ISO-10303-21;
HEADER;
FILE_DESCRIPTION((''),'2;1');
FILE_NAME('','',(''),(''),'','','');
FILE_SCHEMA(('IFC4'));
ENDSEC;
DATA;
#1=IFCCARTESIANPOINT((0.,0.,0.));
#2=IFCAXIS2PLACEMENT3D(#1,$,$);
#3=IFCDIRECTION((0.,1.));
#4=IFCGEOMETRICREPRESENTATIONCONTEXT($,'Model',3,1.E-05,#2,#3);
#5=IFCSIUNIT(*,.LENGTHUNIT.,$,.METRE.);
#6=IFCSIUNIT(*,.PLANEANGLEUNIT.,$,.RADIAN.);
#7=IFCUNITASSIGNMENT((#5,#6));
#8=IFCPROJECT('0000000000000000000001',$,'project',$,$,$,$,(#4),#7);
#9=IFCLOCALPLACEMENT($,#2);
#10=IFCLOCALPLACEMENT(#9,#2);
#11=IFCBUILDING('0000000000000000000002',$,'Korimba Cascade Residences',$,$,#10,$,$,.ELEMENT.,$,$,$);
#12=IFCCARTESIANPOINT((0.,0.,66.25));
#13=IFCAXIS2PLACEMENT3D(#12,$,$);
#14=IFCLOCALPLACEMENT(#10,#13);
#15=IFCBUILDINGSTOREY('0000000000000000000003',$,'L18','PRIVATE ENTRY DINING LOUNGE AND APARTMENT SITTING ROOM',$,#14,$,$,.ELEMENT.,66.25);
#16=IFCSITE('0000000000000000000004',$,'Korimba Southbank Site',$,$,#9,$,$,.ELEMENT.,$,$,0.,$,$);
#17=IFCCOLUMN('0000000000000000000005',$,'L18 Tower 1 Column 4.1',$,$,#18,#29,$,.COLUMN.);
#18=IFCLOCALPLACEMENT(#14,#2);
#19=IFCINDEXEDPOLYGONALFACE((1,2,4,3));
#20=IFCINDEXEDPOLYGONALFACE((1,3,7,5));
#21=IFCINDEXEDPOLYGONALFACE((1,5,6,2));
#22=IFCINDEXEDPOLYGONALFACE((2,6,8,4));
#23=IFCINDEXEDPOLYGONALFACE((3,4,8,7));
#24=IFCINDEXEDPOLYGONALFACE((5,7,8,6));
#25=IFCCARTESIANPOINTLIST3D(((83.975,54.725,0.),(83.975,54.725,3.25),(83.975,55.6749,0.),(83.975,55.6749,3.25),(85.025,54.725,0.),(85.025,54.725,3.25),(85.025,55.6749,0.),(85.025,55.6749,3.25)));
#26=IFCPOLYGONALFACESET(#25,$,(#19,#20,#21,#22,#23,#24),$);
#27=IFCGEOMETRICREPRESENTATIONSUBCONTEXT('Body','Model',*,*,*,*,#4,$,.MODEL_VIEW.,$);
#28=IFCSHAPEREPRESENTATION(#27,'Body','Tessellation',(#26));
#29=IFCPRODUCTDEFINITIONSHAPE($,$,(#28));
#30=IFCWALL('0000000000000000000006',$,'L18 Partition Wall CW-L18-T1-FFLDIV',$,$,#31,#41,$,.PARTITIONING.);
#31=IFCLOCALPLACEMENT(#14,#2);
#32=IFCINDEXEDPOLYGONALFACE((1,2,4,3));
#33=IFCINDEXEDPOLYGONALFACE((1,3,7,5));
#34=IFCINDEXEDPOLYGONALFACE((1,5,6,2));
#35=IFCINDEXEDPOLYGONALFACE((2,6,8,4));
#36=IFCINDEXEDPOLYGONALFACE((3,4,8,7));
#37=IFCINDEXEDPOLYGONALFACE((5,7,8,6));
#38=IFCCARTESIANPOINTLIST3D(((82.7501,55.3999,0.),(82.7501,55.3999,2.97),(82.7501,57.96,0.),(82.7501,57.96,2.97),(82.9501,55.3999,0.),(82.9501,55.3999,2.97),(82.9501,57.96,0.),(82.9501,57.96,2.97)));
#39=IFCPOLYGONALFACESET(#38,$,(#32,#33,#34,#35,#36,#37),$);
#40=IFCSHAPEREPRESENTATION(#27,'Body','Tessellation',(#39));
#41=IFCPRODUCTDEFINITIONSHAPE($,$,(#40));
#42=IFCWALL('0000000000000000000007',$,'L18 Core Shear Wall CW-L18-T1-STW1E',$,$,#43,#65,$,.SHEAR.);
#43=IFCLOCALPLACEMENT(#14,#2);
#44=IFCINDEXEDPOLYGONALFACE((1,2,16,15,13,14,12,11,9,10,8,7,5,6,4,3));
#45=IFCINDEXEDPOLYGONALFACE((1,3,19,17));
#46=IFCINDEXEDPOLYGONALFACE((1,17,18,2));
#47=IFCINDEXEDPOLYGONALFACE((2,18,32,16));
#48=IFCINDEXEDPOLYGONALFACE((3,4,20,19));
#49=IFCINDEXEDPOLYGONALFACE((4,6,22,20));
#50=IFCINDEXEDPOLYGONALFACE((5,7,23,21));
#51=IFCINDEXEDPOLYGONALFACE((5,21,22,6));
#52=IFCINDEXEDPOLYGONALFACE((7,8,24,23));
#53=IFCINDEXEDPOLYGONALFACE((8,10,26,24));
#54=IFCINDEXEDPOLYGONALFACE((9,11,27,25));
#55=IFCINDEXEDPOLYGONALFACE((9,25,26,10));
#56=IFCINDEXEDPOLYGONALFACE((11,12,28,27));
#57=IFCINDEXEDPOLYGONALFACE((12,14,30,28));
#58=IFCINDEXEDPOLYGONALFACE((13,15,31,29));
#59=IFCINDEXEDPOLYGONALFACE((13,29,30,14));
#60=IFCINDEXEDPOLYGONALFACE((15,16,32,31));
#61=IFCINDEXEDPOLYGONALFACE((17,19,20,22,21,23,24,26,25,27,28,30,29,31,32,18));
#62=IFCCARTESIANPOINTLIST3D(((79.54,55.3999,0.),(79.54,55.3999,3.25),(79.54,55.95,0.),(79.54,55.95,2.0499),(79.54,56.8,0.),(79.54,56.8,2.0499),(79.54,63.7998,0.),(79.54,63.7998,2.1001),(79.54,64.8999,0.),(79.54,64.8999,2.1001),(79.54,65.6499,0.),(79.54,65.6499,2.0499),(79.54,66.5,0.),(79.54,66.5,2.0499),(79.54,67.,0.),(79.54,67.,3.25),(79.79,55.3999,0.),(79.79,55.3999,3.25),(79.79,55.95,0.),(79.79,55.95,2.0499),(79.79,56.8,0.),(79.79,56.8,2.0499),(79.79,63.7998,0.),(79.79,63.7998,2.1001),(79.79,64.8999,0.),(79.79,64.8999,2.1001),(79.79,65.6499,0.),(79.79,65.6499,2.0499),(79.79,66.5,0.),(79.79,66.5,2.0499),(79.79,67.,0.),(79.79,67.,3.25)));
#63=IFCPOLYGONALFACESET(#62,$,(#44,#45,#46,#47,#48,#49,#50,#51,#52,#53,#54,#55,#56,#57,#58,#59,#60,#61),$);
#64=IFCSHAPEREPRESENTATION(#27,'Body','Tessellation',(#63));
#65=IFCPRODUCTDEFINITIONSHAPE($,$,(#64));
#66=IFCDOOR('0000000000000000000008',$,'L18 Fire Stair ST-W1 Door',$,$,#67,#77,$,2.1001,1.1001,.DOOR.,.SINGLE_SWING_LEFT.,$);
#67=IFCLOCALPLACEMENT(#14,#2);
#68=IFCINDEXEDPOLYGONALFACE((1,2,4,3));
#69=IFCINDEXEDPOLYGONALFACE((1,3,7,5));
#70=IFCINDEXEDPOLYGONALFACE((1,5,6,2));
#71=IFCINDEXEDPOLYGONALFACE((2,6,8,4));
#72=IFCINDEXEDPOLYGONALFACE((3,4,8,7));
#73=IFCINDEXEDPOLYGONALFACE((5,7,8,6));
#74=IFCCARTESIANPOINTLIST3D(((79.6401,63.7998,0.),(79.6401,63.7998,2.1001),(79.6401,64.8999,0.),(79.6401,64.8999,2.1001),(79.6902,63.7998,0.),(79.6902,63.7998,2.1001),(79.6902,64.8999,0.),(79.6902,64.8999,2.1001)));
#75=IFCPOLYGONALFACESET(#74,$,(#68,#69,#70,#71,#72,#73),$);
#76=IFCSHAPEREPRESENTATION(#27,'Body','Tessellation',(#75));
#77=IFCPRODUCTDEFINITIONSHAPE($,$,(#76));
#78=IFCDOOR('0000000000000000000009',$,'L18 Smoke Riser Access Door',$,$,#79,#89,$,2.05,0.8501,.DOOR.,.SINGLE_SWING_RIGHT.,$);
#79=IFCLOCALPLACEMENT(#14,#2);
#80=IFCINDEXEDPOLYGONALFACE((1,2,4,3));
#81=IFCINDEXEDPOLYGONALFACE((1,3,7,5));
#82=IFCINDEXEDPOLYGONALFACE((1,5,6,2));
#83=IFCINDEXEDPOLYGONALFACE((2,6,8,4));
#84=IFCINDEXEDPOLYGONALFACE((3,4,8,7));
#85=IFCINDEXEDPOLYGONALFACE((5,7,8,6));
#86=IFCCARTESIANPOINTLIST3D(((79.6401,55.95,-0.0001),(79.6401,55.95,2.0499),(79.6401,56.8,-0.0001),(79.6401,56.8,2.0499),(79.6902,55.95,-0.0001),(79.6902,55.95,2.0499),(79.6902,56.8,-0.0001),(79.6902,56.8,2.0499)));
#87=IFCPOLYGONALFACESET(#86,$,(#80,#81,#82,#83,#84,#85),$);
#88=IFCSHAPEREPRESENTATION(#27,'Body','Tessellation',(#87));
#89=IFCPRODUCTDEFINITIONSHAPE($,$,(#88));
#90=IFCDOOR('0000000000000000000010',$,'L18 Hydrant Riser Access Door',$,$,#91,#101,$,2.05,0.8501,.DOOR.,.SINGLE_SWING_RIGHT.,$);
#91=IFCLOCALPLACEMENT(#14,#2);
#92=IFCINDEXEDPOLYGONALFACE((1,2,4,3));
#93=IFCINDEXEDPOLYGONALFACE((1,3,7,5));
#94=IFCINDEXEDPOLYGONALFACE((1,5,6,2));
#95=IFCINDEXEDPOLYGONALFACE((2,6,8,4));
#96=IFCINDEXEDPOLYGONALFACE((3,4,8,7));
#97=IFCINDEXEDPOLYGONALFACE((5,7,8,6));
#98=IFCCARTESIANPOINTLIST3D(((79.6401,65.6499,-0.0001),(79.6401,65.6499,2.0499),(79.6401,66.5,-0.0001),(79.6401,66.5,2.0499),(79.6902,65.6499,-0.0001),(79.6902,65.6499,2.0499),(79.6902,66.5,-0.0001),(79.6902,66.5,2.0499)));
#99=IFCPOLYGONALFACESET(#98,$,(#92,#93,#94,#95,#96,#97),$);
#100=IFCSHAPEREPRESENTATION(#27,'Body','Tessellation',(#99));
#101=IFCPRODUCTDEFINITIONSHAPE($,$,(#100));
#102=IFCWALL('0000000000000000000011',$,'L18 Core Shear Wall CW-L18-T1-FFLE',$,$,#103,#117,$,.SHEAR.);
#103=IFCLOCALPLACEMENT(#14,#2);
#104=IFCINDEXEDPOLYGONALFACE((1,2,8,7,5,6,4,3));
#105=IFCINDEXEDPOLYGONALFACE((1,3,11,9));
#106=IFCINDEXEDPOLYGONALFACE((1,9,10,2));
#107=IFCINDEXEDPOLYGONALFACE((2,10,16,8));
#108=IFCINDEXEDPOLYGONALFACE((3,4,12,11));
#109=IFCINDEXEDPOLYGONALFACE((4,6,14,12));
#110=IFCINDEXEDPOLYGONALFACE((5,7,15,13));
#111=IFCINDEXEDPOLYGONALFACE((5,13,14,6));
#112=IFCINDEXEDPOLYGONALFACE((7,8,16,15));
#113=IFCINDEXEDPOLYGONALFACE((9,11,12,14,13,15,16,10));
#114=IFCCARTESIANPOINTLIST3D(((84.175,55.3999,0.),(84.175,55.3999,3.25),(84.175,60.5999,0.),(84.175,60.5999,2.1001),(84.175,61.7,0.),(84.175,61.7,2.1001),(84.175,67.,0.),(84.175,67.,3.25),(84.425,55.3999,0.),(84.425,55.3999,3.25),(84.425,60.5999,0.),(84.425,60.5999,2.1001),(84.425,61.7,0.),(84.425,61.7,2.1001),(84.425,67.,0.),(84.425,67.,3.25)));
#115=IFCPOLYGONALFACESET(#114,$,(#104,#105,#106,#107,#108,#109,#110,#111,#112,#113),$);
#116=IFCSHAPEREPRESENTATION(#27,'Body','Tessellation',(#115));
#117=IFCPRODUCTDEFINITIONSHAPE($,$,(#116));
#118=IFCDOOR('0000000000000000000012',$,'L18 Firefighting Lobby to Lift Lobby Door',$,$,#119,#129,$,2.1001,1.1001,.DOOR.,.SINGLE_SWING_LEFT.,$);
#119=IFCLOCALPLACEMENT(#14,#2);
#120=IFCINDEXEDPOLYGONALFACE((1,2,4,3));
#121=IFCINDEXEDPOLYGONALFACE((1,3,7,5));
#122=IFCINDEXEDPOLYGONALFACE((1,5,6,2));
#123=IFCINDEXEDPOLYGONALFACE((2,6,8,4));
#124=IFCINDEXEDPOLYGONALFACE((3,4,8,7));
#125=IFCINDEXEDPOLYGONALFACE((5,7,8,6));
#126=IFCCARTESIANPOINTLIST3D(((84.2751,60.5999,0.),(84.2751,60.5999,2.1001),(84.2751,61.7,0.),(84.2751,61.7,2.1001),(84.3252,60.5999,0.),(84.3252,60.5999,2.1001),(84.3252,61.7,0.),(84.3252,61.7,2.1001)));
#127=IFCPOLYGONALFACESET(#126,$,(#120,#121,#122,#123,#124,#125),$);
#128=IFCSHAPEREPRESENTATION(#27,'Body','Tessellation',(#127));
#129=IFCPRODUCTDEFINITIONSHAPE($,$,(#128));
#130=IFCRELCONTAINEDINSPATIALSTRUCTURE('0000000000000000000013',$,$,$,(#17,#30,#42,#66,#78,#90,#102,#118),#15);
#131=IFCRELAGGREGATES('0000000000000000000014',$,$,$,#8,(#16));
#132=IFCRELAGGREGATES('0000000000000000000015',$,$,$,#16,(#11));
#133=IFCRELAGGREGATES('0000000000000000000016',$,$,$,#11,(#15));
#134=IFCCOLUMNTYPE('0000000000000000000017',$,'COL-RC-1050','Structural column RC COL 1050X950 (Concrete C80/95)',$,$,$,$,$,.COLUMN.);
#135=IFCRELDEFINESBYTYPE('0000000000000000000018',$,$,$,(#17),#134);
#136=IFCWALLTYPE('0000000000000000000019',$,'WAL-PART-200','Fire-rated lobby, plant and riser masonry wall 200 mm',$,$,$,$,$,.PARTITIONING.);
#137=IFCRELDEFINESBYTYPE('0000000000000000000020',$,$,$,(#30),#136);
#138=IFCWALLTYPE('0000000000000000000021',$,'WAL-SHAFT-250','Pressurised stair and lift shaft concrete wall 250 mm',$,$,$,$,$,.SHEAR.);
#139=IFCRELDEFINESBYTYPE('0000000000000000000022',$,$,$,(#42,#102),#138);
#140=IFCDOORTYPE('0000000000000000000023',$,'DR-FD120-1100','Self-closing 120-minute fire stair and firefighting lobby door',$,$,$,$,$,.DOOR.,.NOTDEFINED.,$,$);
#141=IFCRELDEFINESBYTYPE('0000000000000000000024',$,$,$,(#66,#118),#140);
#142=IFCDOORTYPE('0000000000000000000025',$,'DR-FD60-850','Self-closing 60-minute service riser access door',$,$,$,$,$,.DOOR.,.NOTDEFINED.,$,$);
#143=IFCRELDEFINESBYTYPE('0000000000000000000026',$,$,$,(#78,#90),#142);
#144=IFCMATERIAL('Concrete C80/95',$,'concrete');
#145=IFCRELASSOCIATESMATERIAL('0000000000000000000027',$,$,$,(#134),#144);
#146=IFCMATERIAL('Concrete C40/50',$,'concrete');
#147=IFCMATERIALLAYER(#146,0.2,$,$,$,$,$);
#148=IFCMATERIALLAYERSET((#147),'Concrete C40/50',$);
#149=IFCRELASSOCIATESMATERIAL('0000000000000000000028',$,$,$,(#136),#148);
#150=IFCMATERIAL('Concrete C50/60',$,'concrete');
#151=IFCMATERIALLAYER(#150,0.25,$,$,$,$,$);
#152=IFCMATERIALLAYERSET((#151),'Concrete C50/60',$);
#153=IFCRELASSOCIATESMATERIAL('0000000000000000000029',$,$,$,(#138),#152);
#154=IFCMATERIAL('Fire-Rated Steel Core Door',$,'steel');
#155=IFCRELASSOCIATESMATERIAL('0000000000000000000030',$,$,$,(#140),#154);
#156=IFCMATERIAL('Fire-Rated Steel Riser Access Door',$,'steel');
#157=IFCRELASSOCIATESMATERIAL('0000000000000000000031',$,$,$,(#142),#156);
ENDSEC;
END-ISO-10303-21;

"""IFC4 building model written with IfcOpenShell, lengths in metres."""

from ifc_helpers import new_model, si_unit, direction, frame, frame_2d, origin, origin_2d, place, context, subcontext, project, spatial, rectangle, extrude, material, layer, layer_set, material_profile, profile_set, type_object, element, fill, save


model = new_model("IFC4")

# Units and contexts
model_context = context("Model", 3, precision=1e-05, world=origin(), true_north=direction((0.0, 1.0)))
body_context = subcontext(model_context, "Body", "Model", "MODEL_VIEW")
ifc_project = project(units=[si_unit("LENGTHUNIT", "METRE"), si_unit("PLANEANGLEUNIT", "RADIAN")], contexts=[model_context])

# Site, building, storey
site_placement = place(None, origin())
site = spatial("IfcSite", under=ifc_project, at=site_placement, Name="Korimba Southbank Site", CompositionType="ELEMENT", RefElevation=0.0)
building_placement = place(site_placement, origin())
building = spatial("IfcBuilding", under=site, at=building_placement, Name="Korimba Cascade Residences", CompositionType="ELEMENT")
storey_placement = place(building_placement, frame((0.0, 0.0, 66.25)))
storey = spatial("IfcBuildingStorey", under=building, at=storey_placement, Name="L18", Description="PRIVATE ENTRY DINING LOUNGE AND APARTMENT SITTING ROOM", CompositionType="ELEMENT", Elevation=66.25)

# Column
ifc_material_1 = material(Name="Concrete C80/95", Category="concrete")
ifc_material_profile = material_profile(ifc_material_1, rectangle(XDim=1.05, YDim=0.95, at=origin_2d()), Name="Concrete C80/95")
ifc_profile_set = profile_set([ifc_material_profile], Name="Concrete C80/95")
column_type = type_object("IfcColumnType", Name="COL-RC-1050", Description="Structural column RC COL 1050X950 (Concrete C80/95)", PredefinedType="COLUMN", material=ifc_profile_set)
column_placement = place(storey_placement, frame((84.5, 55.2, 0.0), z_axis=(0.0, 0.0, 1.0), x_axis=(1.0, 0.0, 0.0)))
element("IfcColumn", 1, at=column_placement, inside=storey, type_object=column_type, Name="L18 Tower 1 Column 4.1", PredefinedType="COLUMN", context=body_context, shape_type="SweptSolid", body=[
    extrude(rectangle(XDim=1.05, YDim=0.95, at=origin_2d()), origin(), (0.0, 0.0, 1.0), 3.25),
])

# Wall
ifc_material_2 = material(Name="Concrete C40/50", Category="concrete")
ifc_layer_1 = layer(ifc_material_2, 0.2)
ifc_layer_set_1 = layer_set([ifc_layer_1], Name="Concrete C40/50")
wall_type_1 = type_object("IfcWallType", Name="WAL-PART-200", Description="Fire-rated lobby, plant and riser masonry wall 200 mm", PredefinedType="PARTITIONING", material=ifc_layer_set_1)
wall_1_placement = place(storey_placement, frame((82.8501, 55.3999, 0.0), z_axis=(0.0, 0.0, 1.0), x_axis=(0.0, 1.0, 0.0)))
element("IfcWall", 2, at=wall_1_placement, inside=storey, type_object=wall_type_1, Name="L18 Partition Wall CW-L18-T1-FFLDIV", PredefinedType="PARTITIONING", context=body_context, shape_type="SweptSolid", body=[
    extrude(rectangle(XDim=2.5601, YDim=0.2, at=frame_2d((1.28, 0.0))), origin(), (0.0, 0.0, 1.0), 2.97),
])

# Wall, openings, doors
ifc_material_3 = material(Name="Concrete C50/60", Category="concrete")
ifc_layer_2 = layer(ifc_material_3, 0.25)
ifc_layer_set_2 = layer_set([ifc_layer_2], Name="Concrete C50/60")
wall_type_2 = type_object("IfcWallType", Name="WAL-SHAFT-250", Description="Pressurised stair and lift shaft concrete wall 250 mm", PredefinedType="SHEAR", material=ifc_layer_set_2)
wall_2_placement = place(storey_placement, frame((79.665, 55.3999, 0.0), z_axis=(0.0, 0.0, 1.0), x_axis=(0.0, 1.0, 0.0)))
wall_2 = element("IfcWall", 3, at=wall_2_placement, inside=storey, type_object=wall_type_2, Name="L18 Core Shear Wall CW-L18-T1-STW1E", PredefinedType="SHEAR", context=body_context, shape_type="SweptSolid", body=[
    extrude(rectangle(XDim=11.6001, YDim=0.25, at=frame_2d((5.8, 0.0))), origin(), (0.0, 0.0, 1.0), 3.25),
])
opening_1_placement = place(wall_2_placement, frame((0.55, 0.0, 0.0)))
opening_1 = element("IfcOpeningElement", 4, at=opening_1_placement, cuts=wall_2, PredefinedType="OPENING", context=body_context, shape_type="SweptSolid", body=[
    extrude(rectangle(XDim=0.8501, YDim=2.05, at=frame_2d((0.425, 1.0249))), frame((0.0, 0.135, 0.0), z_axis=(0.0, -1.0, 0.0), x_axis=(1.0, 0.0, 0.0)), (0.0, 0.0, 1.0), 0.27),
])
opening_2_placement = place(wall_2_placement, frame((8.3999, 0.0, 0.0)))
opening_2 = element("IfcOpeningElement", 5, at=opening_2_placement, cuts=wall_2, PredefinedType="OPENING", context=body_context, shape_type="SweptSolid", body=[
    extrude(rectangle(XDim=1.1001, YDim=2.1001, at=frame_2d((0.55, 1.05))), frame((0.0, 0.135, 0.0), z_axis=(0.0, -1.0, 0.0), x_axis=(1.0, 0.0, 0.0)), (0.0, 0.0, 1.0), 0.27),
])
opening_3_placement = place(wall_2_placement, frame((10.25, 0.0, 0.0)))
opening_3 = element("IfcOpeningElement", 6, at=opening_3_placement, cuts=wall_2, PredefinedType="OPENING", context=body_context, shape_type="SweptSolid", body=[
    extrude(rectangle(XDim=0.8501, YDim=2.05, at=frame_2d((0.425, 1.0249))), frame((0.0, 0.135, 0.0), z_axis=(0.0, -1.0, 0.0), x_axis=(1.0, 0.0, 0.0)), (0.0, 0.0, 1.0), 0.27),
])
ifc_material_4 = material(Name="Fire-Rated Steel Core Door", Category="steel")
door_type_1 = type_object("IfcDoorType", Name="DR-FD120-1100", Description="Self-closing 120-minute fire stair and firefighting lobby door", OperationType="NOTDEFINED", PredefinedType="DOOR", material=ifc_material_4)
door_1_placement = place(opening_2_placement, origin())
door_1 = element("IfcDoor", 7, at=door_1_placement, inside=storey, type_object=door_type_1, Name="L18 Fire Stair ST-W1 Door", OperationType="SINGLE_SWING_LEFT", OverallHeight=2.1001, OverallWidth=1.1001, PredefinedType="DOOR", context=body_context, shape_type="SweptSolid", body=[
    extrude(rectangle(XDim=1.1001, YDim=2.1001, at=frame_2d((0.55, 1.05))), frame((0.0, 0.0249, 0.0), z_axis=(0.0, -1.0, 0.0), x_axis=(1.0, 0.0, 0.0)), (0.0, 0.0, 1.0), 0.05),
])
fill(opening_2, door_1)
ifc_material_5 = material(Name="Fire-Rated Steel Riser Access Door", Category="steel")
door_type_2 = type_object("IfcDoorType", Name="DR-FD60-850", Description="Self-closing 60-minute service riser access door", OperationType="NOTDEFINED", PredefinedType="DOOR", material=ifc_material_5)
door_2_placement = place(opening_1_placement, origin())
door_2 = element("IfcDoor", 8, at=door_2_placement, inside=storey, type_object=door_type_2, Name="L18 Smoke Riser Access Door", OperationType="SINGLE_SWING_RIGHT", OverallHeight=2.05, OverallWidth=0.8501, PredefinedType="DOOR", context=body_context, shape_type="SweptSolid", body=[
    extrude(rectangle(XDim=0.8501, YDim=2.05, at=frame_2d((0.425, 1.0249))), frame((0.0, 0.0249, 0.0), z_axis=(0.0, -1.0, 0.0), x_axis=(1.0, 0.0, 0.0)), (0.0, 0.0, 1.0), 0.05),
])
fill(opening_1, door_2)
door_3_placement = place(opening_3_placement, origin())
door_3 = element("IfcDoor", 9, at=door_3_placement, inside=storey, type_object=door_type_2, Name="L18 Hydrant Riser Access Door", OperationType="SINGLE_SWING_RIGHT", OverallHeight=2.05, OverallWidth=0.8501, PredefinedType="DOOR", context=body_context, shape_type="SweptSolid", body=[
    extrude(rectangle(XDim=0.8501, YDim=2.05, at=frame_2d((0.425, 1.0249))), frame((0.0, 0.0249, 0.0), z_axis=(0.0, -1.0, 0.0), x_axis=(1.0, 0.0, 0.0)), (0.0, 0.0, 1.0), 0.05),
])
fill(opening_3, door_3)

# Wall, opening, door
wall_3_placement = place(storey_placement, frame((84.3, 55.3999, 0.0), z_axis=(0.0, 0.0, 1.0), x_axis=(0.0, 1.0, 0.0)))
wall_3 = element("IfcWall", 10, at=wall_3_placement, inside=storey, type_object=wall_type_2, Name="L18 Core Shear Wall CW-L18-T1-FFLE", PredefinedType="SHEAR", context=body_context, shape_type="SweptSolid", body=[
    extrude(rectangle(XDim=11.6001, YDim=0.25, at=frame_2d((5.8, 0.0))), origin(), (0.0, 0.0, 1.0), 3.25),
])
opening_4_placement = place(wall_3_placement, frame((5.2, 0.0, 0.0)))
opening_4 = element("IfcOpeningElement", 11, at=opening_4_placement, cuts=wall_3, PredefinedType="OPENING", context=body_context, shape_type="SweptSolid", body=[
    extrude(rectangle(XDim=1.1001, YDim=2.1001, at=frame_2d((0.55, 1.05))), frame((0.0, 0.135, 0.0), z_axis=(0.0, -1.0, 0.0), x_axis=(1.0, 0.0, 0.0)), (0.0, 0.0, 1.0), 0.27),
])
door_4_placement = place(opening_4_placement, origin())
door_4 = element("IfcDoor", 12, at=door_4_placement, inside=storey, type_object=door_type_1, Name="L18 Firefighting Lobby to Lift Lobby Door", OperationType="SINGLE_SWING_LEFT", OverallHeight=2.1001, OverallWidth=1.1001, PredefinedType="DOOR", context=body_context, shape_type="SweptSolid", body=[
    extrude(rectangle(XDim=1.1001, YDim=2.1001, at=frame_2d((0.55, 1.05))), frame((0.0, 0.0249, 0.0), z_axis=(0.0, -1.0, 0.0), x_axis=(1.0, 0.0, 0.0)), (0.0, 0.0, 1.0), 0.05),
])
fill(opening_4, door_4)

save(model, "model.ifc")
